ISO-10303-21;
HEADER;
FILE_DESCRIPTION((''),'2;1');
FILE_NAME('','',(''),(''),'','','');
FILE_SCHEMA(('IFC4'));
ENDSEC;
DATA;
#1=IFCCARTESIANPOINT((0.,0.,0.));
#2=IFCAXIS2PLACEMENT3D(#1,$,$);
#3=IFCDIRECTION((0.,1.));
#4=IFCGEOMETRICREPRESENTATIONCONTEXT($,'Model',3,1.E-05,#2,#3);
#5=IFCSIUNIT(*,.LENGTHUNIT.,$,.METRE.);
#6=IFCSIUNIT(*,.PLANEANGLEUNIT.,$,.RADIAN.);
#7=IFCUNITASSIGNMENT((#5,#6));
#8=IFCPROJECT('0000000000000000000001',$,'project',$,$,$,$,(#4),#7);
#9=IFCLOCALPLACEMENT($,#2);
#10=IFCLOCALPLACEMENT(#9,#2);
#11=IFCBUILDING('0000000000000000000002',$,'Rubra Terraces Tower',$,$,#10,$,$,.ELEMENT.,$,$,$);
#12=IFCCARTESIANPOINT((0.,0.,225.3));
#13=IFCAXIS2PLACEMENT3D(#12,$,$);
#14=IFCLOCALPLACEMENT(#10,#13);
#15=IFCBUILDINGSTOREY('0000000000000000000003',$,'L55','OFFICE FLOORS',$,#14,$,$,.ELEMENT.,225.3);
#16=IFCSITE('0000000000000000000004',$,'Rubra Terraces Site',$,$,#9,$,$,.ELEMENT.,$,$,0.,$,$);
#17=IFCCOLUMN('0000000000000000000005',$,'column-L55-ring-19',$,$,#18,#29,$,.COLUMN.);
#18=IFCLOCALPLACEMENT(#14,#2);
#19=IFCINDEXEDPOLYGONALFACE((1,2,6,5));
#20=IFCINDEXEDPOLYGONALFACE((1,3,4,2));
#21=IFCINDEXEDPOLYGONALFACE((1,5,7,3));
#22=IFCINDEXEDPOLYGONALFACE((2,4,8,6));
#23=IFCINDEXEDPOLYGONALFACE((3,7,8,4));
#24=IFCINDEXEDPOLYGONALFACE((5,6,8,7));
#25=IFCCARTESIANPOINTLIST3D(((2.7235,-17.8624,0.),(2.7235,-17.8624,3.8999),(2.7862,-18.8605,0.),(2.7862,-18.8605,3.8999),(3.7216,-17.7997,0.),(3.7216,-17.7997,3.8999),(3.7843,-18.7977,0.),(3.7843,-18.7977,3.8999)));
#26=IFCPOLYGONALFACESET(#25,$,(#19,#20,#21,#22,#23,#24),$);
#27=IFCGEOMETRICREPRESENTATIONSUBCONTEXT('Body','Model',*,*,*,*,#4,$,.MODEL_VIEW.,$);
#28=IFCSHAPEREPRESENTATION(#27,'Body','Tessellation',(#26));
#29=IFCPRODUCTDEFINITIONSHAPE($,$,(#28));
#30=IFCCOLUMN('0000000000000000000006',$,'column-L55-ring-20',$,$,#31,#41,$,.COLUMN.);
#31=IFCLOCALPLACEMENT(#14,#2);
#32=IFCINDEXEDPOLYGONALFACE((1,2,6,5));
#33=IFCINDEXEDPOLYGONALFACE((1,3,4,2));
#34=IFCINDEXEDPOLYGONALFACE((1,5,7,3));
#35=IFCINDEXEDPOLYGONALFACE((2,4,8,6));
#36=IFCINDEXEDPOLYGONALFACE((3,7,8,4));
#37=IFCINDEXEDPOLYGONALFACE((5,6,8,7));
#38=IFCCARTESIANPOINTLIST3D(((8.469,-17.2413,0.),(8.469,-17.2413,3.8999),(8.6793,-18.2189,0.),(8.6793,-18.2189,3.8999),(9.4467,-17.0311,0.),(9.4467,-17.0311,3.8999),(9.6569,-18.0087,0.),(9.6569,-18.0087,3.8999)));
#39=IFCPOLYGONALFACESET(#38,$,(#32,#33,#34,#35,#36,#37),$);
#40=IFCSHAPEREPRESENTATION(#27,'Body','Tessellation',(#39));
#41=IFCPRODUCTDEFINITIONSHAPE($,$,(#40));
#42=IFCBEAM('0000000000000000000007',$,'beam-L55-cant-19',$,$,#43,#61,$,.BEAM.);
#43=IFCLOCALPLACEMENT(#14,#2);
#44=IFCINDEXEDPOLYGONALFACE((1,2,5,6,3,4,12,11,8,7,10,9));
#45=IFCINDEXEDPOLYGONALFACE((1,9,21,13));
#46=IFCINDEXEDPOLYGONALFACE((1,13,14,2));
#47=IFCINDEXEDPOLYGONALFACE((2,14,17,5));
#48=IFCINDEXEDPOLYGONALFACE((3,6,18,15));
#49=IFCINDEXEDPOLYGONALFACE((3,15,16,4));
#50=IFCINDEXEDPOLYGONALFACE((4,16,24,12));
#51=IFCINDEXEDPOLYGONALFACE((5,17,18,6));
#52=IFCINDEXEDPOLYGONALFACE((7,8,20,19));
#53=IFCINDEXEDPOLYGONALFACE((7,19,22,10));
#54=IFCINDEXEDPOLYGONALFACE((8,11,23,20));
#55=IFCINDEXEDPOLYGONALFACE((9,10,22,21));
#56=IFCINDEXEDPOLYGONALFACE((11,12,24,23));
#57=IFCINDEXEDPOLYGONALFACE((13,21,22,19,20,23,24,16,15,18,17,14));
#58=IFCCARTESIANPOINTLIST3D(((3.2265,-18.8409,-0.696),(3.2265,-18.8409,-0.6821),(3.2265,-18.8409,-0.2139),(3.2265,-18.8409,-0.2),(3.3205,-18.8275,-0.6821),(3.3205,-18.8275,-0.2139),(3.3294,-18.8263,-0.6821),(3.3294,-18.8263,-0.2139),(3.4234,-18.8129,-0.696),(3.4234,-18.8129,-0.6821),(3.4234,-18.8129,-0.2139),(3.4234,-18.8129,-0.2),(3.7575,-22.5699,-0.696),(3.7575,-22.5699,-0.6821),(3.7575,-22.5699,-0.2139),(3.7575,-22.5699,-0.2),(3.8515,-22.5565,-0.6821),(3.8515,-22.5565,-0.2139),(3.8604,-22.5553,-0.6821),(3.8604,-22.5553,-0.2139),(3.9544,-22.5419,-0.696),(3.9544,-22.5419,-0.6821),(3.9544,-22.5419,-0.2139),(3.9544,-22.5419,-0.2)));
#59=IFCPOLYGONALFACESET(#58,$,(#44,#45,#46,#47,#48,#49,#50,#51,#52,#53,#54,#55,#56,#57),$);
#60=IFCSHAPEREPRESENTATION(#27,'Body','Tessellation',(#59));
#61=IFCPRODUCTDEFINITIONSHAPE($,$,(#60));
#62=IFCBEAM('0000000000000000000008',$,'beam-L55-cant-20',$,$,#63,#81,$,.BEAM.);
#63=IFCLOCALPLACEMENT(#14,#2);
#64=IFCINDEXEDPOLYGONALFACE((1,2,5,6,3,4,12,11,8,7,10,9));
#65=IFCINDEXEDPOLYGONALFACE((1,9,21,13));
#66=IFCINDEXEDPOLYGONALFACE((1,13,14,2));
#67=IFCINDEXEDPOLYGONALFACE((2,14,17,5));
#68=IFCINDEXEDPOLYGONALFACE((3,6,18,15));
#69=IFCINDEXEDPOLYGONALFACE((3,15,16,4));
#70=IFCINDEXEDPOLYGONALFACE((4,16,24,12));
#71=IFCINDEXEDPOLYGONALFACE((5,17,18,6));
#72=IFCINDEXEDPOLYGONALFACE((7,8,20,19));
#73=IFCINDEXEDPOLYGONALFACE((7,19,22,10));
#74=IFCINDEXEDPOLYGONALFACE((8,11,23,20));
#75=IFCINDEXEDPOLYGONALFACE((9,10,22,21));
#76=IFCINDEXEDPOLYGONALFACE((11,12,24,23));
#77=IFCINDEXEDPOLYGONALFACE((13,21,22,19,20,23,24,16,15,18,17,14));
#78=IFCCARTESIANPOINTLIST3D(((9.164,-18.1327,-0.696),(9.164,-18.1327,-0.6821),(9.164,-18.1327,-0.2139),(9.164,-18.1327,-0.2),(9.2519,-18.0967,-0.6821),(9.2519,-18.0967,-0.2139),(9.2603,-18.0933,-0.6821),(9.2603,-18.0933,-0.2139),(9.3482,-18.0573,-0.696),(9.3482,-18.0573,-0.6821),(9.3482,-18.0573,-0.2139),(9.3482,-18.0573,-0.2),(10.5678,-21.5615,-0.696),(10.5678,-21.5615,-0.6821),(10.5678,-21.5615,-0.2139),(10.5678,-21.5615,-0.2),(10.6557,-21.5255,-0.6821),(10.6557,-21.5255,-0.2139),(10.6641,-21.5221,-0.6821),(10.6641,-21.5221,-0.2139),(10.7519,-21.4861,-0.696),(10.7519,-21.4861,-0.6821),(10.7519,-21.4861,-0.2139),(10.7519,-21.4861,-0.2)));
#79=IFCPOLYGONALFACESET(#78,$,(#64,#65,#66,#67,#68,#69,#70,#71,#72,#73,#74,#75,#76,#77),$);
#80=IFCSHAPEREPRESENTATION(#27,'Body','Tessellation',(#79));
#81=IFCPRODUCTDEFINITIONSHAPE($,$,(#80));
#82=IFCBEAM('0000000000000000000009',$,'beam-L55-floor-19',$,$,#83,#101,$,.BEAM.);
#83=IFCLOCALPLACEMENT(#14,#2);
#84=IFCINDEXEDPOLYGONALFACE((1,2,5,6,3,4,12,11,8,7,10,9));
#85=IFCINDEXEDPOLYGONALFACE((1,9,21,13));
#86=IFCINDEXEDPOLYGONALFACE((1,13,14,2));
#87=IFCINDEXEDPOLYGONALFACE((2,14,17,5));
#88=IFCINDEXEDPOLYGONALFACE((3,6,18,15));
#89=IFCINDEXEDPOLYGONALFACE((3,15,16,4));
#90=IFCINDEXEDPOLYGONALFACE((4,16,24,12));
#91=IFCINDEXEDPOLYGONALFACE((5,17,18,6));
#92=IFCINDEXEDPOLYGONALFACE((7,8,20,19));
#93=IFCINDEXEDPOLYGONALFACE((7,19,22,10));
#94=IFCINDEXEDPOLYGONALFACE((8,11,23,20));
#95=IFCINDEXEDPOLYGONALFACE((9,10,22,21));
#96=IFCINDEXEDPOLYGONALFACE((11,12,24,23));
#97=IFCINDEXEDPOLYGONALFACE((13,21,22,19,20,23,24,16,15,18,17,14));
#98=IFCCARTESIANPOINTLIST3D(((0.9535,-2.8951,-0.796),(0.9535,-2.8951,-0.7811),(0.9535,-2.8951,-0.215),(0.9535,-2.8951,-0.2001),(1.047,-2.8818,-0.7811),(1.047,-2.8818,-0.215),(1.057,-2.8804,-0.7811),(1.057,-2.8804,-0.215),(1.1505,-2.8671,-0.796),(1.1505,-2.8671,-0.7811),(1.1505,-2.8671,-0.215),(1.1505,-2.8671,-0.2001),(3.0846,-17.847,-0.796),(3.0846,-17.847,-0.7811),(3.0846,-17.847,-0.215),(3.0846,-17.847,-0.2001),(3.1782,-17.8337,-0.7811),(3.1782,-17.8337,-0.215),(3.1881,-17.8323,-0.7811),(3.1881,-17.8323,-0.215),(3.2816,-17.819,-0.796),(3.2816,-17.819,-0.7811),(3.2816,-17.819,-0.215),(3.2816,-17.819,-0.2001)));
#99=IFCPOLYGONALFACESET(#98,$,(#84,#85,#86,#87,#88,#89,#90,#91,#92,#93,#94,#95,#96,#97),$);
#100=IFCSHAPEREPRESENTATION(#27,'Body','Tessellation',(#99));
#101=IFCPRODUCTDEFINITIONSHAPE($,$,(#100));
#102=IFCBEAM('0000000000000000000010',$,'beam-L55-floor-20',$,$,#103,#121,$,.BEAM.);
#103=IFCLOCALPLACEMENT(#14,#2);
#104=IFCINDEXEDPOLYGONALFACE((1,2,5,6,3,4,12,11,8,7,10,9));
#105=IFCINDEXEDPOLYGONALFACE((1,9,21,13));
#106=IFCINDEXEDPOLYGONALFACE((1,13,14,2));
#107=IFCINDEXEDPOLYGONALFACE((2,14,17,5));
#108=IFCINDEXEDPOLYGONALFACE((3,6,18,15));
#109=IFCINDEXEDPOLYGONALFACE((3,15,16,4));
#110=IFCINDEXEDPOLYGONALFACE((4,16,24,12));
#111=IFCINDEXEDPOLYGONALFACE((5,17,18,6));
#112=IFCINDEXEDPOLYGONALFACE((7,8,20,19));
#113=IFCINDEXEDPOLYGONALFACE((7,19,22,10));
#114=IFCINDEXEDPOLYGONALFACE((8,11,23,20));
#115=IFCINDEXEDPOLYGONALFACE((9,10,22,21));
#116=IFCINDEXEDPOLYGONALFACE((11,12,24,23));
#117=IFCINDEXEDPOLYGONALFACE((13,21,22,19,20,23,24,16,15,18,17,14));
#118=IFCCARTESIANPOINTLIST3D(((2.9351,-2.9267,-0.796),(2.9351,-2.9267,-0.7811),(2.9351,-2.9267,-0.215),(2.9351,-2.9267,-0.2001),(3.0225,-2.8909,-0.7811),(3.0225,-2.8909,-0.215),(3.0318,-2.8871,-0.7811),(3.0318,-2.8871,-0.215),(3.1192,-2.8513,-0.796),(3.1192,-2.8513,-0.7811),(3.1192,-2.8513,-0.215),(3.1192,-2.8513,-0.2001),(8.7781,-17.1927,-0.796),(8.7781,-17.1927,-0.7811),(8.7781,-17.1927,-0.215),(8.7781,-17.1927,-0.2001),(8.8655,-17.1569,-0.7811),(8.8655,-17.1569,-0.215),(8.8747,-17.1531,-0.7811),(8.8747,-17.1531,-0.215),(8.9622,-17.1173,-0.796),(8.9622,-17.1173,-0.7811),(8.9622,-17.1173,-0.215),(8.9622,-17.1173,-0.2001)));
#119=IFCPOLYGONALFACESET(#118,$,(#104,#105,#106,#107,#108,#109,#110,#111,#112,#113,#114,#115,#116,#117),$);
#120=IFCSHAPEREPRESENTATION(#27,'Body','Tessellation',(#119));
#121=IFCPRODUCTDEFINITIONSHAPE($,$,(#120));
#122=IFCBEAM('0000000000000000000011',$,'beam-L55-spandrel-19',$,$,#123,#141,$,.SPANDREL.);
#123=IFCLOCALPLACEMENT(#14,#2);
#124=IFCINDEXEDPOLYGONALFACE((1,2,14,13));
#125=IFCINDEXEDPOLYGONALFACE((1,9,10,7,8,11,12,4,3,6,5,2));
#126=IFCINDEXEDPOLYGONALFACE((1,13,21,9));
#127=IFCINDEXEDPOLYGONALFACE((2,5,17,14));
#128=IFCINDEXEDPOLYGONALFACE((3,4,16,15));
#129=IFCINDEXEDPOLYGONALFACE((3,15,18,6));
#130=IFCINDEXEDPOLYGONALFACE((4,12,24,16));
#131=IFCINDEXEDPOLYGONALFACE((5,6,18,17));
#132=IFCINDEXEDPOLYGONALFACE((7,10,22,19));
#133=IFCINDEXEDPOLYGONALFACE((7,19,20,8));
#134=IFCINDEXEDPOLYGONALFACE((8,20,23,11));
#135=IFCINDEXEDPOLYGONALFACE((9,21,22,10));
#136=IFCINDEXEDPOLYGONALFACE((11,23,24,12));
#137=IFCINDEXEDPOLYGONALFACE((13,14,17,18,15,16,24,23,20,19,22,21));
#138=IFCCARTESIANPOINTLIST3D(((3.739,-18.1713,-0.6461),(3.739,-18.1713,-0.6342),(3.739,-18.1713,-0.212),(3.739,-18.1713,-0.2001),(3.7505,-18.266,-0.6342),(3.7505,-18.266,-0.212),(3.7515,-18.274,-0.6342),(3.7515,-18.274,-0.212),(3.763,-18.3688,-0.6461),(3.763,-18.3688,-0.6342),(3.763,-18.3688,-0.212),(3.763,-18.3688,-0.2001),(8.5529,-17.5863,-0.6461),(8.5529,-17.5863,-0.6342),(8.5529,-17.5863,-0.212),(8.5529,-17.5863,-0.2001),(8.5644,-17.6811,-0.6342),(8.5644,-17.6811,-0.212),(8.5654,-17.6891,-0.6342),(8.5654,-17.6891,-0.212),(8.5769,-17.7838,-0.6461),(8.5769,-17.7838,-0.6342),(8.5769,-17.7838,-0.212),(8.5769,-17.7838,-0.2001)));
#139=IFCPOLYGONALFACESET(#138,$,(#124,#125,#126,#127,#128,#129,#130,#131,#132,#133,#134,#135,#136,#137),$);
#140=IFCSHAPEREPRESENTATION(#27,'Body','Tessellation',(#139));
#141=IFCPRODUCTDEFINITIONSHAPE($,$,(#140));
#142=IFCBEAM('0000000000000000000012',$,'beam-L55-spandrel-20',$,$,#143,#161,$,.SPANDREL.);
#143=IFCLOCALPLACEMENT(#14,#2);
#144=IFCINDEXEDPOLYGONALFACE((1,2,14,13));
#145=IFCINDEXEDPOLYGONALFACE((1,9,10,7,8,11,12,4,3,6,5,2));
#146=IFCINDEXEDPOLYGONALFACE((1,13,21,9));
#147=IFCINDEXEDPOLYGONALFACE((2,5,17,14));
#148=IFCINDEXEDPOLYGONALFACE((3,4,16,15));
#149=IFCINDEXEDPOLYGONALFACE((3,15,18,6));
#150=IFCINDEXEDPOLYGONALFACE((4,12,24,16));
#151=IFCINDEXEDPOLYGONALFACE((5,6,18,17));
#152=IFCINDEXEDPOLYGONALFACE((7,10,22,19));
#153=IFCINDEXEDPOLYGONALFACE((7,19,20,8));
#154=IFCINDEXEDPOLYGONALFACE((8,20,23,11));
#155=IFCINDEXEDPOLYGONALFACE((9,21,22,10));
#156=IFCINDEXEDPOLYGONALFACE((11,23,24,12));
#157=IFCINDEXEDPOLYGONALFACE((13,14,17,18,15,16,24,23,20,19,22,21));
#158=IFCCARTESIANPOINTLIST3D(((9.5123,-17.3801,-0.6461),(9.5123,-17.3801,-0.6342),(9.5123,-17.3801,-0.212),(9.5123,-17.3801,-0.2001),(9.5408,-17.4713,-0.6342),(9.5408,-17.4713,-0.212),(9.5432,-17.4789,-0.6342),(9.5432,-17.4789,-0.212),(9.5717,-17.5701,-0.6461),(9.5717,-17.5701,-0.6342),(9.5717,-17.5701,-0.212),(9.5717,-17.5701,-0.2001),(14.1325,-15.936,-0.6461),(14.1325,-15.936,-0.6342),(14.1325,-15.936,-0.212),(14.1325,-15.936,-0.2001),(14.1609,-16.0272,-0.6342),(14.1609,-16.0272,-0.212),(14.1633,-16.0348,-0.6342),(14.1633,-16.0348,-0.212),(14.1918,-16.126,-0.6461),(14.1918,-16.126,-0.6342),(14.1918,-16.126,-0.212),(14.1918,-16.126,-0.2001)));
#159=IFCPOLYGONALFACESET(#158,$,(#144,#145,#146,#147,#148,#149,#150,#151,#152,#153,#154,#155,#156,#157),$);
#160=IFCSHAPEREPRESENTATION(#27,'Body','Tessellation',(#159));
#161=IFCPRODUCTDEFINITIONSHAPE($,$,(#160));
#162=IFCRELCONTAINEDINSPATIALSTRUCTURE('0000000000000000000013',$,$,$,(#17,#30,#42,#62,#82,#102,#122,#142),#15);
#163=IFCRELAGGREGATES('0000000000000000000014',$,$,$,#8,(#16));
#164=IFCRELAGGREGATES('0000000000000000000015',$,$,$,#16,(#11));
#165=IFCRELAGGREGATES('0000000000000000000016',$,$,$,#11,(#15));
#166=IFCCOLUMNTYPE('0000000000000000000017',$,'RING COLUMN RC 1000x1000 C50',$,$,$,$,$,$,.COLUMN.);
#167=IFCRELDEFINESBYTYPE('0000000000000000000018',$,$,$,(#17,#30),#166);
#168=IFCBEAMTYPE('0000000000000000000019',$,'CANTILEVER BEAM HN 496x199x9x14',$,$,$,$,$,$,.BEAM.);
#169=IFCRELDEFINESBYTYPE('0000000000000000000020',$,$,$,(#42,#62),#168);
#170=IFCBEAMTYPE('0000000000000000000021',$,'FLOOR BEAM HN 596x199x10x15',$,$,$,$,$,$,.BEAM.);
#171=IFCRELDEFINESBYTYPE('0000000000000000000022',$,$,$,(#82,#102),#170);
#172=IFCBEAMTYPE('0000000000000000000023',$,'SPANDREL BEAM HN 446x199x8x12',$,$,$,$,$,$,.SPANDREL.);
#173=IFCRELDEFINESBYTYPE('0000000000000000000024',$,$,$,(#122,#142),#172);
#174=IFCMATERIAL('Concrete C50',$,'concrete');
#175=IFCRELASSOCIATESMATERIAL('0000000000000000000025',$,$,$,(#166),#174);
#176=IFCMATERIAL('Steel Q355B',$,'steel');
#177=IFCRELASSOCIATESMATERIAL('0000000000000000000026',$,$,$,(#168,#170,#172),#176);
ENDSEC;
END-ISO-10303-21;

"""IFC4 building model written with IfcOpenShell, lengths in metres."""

from ifc_helpers import new_model, si_unit, direction, frame, origin, origin_2d, place, context, subcontext, project, spatial, rectangle, i_section, extrude, material, material_profile, profile_set, type_object, element, save


model = new_model("IFC4")

# Units and contexts
model_context = context("Model", 3, precision=1e-05, world=origin(), true_north=direction((0.0, 1.0)))
body_context = subcontext(model_context, "Body", "Model", "MODEL_VIEW")
ifc_project = project(units=[si_unit("LENGTHUNIT", "METRE"), si_unit("PLANEANGLEUNIT", "RADIAN")], contexts=[model_context])

# Site, building, storey
site_placement = place(None, origin())
site = spatial("IfcSite", under=ifc_project, at=site_placement, Name="Rubra Terraces Site", CompositionType="ELEMENT", RefElevation=0.0)
building_placement = place(site_placement, origin())
building = spatial("IfcBuilding", under=site, at=building_placement, Name="Rubra Terraces Tower", CompositionType="ELEMENT")
storey_placement = place(building_placement, frame((0.0, 0.0, 225.3)))
storey = spatial("IfcBuildingStorey", under=building, at=storey_placement, Name="L55", Description="OFFICE FLOORS", CompositionType="ELEMENT", Elevation=225.3)

# Columns
ifc_material_1 = material(Name="Concrete C50", Category="concrete")
ifc_material_profile_1 = material_profile(ifc_material_1, rectangle(XDim=1.0, YDim=1.0, at=origin_2d()), Name="RC 1000x1000")
ifc_profile_set_1 = profile_set([ifc_material_profile_1], Name="Concrete C50")
column_type = type_object("IfcColumnType", Name="RING COLUMN RC 1000x1000 C50", PredefinedType="COLUMN", material=ifc_profile_set_1)
for number, where, z_axis, x_axis, name in (
    (1, (3.2539, -18.3301, 0.0), (0.0, 0.0, 1.0), (0.998032, 0.062714, 0.0), "column-L55-ring-19"),
    (2, (9.063, -17.625, 0.0), (0.0, 0.0, 1.0), (0.977653, 0.210227, 0.0), "column-L55-ring-20"),
):
    element("IfcColumn", number, at=place(storey_placement, frame(where, z_axis=z_axis, x_axis=x_axis)), inside=storey, type_object=column_type, Name=name, PredefinedType="COLUMN", context=body_context, shape_type="SweptSolid", body=[
        extrude(rectangle(XDim=1.0, YDim=1.0, at=origin_2d()), origin(), (0.0, 0.0, 1.0), 3.8999),
    ])

# Beams
ifc_material_2 = material(Name="Steel Q355B", Category="steel")
ifc_material_profile_2 = material_profile(ifc_material_2, i_section(OverallWidth=0.199, OverallDepth=0.4961, WebThickness=0.009, FlangeThickness=0.0139, at=origin_2d()), Name="HN 496x199x9x14")
ifc_profile_set_2 = profile_set([ifc_material_profile_2], Name="Steel Q355B")
beam_type_1 = type_object("IfcBeamType", Name="CANTILEVER BEAM HN 496x199x9x14", PredefinedType="BEAM", material=ifc_profile_set_2)
beam_1_placement = place(storey_placement, frame((3.325, -18.8269, -0.448), z_axis=(0.140977, -0.990013, 0.0), x_axis=(0.990013, 0.140977, 0.0)))
element("IfcBeam", 3, at=beam_1_placement, inside=storey, type_object=beam_type_1, Name="beam-L55-cant-19", PredefinedType="BEAM", context=body_context, shape_type="SweptSolid", body=[
    extrude(i_section(OverallWidth=0.199, OverallDepth=0.4961, WebThickness=0.009, FlangeThickness=0.0139, at=origin_2d()), origin(), (0.0, 0.0, 1.0), 3.7666),
])
beam_2_placement = place(storey_placement, frame((9.2561, -18.095, -0.448), z_axis=(0.378877, -0.925447, 0.0), x_axis=(0.925447, 0.378877, 0.0)))
element("IfcBeam", 4, at=beam_2_placement, inside=storey, type_object=beam_type_1, Name="beam-L55-cant-20", PredefinedType="BEAM", context=body_context, shape_type="SweptSolid", body=[
    extrude(i_section(OverallWidth=0.199, OverallDepth=0.4961, WebThickness=0.009, FlangeThickness=0.0139, at=origin_2d()), origin(), (0.0, 0.0, 1.0), 3.7051),
])
ifc_material_profile_3 = material_profile(ifc_material_2, i_section(OverallWidth=0.199, OverallDepth=0.5959, WebThickness=0.01, FlangeThickness=0.0149, at=origin_2d()), Name="HN 596x199x10x15")
ifc_profile_set_3 = profile_set([ifc_material_profile_3], Name="Steel Q355B")
beam_type_2 = type_object("IfcBeamType", Name="FLOOR BEAM HN 596x199x10x15", PredefinedType="BEAM", material=ifc_profile_set_3)
beam_3_placement = place(storey_placement, frame((3.1831, -17.833, -0.498), z_axis=(-0.141105, 0.989995, 0.0), x_axis=(-0.989995, -0.141105, 0.0)))
element("IfcBeam", 5, at=beam_3_placement, inside=storey, type_object=beam_type_2, Name="beam-L55-floor-19", PredefinedType="BEAM", context=body_context, shape_type="SweptSolid", body=[
    extrude(i_section(OverallWidth=0.199, OverallDepth=0.5959, WebThickness=0.01, FlangeThickness=0.0149, at=origin_2d()), origin(), (0.0, 0.0, 1.0), 15.103),
])
beam_4_placement = place(storey_placement, frame((8.8701, -17.155, -0.498), z_axis=(-0.379015, 0.92539, 0.0), x_axis=(-0.92539, -0.379015, 0.0)))
element("IfcBeam", 6, at=beam_4_placement, inside=storey, type_object=beam_type_2, Name="beam-L55-floor-20", PredefinedType="BEAM", context=body_context, shape_type="SweptSolid", body=[
    extrude(i_section(OverallWidth=0.199, OverallDepth=0.5959, WebThickness=0.01, FlangeThickness=0.0149, at=origin_2d()), origin(), (0.0, 0.0, 1.0), 15.4163),
])
ifc_material_profile_4 = material_profile(ifc_material_2, i_section(OverallWidth=0.199, OverallDepth=0.446, WebThickness=0.0081, FlangeThickness=0.012, at=origin_2d()), Name="HN 446x199x8x12")
ifc_profile_set_4 = profile_set([ifc_material_profile_4], Name="Steel Q355B")
beam_type_3 = type_object("IfcBeamType", Name="SPANDREL BEAM HN 446x199x8x12", PredefinedType="SPANDREL", material=ifc_profile_set_4)
beam_5_placement = place(storey_placement, frame((3.751, -18.27, -0.4231), z_axis=(0.992698, 0.120626, 0.0), x_axis=(-0.120626, 0.992698, 0.0)))
element("IfcBeam", 7, at=beam_5_placement, inside=storey, type_object=beam_type_3, Name="beam-L55-spandrel-19", PredefinedType="SPANDREL", context=body_context, shape_type="SweptSolid", body=[
    extrude(i_section(OverallWidth=0.199, OverallDepth=0.446, WebThickness=0.0081, FlangeThickness=0.012, at=origin_2d()), origin(), (0.0, 0.0, 1.0), 4.8494),
])
beam_6_placement = place(storey_placement, frame((9.542, -17.4751, -0.4231), z_axis=(0.954462, 0.298332, 0.0), x_axis=(-0.298332, 0.954462, 0.0)))
element("IfcBeam", 8, at=beam_6_placement, inside=storey, type_object=beam_type_3, Name="beam-L55-spandrel-20", PredefinedType="SPANDREL", context=body_context, shape_type="SweptSolid", body=[
    extrude(i_section(OverallWidth=0.199, OverallDepth=0.446, WebThickness=0.0081, FlangeThickness=0.012, at=origin_2d()), origin(), (0.0, 0.0, 1.0), 4.8406),
])

save(model, "model.ifc")
